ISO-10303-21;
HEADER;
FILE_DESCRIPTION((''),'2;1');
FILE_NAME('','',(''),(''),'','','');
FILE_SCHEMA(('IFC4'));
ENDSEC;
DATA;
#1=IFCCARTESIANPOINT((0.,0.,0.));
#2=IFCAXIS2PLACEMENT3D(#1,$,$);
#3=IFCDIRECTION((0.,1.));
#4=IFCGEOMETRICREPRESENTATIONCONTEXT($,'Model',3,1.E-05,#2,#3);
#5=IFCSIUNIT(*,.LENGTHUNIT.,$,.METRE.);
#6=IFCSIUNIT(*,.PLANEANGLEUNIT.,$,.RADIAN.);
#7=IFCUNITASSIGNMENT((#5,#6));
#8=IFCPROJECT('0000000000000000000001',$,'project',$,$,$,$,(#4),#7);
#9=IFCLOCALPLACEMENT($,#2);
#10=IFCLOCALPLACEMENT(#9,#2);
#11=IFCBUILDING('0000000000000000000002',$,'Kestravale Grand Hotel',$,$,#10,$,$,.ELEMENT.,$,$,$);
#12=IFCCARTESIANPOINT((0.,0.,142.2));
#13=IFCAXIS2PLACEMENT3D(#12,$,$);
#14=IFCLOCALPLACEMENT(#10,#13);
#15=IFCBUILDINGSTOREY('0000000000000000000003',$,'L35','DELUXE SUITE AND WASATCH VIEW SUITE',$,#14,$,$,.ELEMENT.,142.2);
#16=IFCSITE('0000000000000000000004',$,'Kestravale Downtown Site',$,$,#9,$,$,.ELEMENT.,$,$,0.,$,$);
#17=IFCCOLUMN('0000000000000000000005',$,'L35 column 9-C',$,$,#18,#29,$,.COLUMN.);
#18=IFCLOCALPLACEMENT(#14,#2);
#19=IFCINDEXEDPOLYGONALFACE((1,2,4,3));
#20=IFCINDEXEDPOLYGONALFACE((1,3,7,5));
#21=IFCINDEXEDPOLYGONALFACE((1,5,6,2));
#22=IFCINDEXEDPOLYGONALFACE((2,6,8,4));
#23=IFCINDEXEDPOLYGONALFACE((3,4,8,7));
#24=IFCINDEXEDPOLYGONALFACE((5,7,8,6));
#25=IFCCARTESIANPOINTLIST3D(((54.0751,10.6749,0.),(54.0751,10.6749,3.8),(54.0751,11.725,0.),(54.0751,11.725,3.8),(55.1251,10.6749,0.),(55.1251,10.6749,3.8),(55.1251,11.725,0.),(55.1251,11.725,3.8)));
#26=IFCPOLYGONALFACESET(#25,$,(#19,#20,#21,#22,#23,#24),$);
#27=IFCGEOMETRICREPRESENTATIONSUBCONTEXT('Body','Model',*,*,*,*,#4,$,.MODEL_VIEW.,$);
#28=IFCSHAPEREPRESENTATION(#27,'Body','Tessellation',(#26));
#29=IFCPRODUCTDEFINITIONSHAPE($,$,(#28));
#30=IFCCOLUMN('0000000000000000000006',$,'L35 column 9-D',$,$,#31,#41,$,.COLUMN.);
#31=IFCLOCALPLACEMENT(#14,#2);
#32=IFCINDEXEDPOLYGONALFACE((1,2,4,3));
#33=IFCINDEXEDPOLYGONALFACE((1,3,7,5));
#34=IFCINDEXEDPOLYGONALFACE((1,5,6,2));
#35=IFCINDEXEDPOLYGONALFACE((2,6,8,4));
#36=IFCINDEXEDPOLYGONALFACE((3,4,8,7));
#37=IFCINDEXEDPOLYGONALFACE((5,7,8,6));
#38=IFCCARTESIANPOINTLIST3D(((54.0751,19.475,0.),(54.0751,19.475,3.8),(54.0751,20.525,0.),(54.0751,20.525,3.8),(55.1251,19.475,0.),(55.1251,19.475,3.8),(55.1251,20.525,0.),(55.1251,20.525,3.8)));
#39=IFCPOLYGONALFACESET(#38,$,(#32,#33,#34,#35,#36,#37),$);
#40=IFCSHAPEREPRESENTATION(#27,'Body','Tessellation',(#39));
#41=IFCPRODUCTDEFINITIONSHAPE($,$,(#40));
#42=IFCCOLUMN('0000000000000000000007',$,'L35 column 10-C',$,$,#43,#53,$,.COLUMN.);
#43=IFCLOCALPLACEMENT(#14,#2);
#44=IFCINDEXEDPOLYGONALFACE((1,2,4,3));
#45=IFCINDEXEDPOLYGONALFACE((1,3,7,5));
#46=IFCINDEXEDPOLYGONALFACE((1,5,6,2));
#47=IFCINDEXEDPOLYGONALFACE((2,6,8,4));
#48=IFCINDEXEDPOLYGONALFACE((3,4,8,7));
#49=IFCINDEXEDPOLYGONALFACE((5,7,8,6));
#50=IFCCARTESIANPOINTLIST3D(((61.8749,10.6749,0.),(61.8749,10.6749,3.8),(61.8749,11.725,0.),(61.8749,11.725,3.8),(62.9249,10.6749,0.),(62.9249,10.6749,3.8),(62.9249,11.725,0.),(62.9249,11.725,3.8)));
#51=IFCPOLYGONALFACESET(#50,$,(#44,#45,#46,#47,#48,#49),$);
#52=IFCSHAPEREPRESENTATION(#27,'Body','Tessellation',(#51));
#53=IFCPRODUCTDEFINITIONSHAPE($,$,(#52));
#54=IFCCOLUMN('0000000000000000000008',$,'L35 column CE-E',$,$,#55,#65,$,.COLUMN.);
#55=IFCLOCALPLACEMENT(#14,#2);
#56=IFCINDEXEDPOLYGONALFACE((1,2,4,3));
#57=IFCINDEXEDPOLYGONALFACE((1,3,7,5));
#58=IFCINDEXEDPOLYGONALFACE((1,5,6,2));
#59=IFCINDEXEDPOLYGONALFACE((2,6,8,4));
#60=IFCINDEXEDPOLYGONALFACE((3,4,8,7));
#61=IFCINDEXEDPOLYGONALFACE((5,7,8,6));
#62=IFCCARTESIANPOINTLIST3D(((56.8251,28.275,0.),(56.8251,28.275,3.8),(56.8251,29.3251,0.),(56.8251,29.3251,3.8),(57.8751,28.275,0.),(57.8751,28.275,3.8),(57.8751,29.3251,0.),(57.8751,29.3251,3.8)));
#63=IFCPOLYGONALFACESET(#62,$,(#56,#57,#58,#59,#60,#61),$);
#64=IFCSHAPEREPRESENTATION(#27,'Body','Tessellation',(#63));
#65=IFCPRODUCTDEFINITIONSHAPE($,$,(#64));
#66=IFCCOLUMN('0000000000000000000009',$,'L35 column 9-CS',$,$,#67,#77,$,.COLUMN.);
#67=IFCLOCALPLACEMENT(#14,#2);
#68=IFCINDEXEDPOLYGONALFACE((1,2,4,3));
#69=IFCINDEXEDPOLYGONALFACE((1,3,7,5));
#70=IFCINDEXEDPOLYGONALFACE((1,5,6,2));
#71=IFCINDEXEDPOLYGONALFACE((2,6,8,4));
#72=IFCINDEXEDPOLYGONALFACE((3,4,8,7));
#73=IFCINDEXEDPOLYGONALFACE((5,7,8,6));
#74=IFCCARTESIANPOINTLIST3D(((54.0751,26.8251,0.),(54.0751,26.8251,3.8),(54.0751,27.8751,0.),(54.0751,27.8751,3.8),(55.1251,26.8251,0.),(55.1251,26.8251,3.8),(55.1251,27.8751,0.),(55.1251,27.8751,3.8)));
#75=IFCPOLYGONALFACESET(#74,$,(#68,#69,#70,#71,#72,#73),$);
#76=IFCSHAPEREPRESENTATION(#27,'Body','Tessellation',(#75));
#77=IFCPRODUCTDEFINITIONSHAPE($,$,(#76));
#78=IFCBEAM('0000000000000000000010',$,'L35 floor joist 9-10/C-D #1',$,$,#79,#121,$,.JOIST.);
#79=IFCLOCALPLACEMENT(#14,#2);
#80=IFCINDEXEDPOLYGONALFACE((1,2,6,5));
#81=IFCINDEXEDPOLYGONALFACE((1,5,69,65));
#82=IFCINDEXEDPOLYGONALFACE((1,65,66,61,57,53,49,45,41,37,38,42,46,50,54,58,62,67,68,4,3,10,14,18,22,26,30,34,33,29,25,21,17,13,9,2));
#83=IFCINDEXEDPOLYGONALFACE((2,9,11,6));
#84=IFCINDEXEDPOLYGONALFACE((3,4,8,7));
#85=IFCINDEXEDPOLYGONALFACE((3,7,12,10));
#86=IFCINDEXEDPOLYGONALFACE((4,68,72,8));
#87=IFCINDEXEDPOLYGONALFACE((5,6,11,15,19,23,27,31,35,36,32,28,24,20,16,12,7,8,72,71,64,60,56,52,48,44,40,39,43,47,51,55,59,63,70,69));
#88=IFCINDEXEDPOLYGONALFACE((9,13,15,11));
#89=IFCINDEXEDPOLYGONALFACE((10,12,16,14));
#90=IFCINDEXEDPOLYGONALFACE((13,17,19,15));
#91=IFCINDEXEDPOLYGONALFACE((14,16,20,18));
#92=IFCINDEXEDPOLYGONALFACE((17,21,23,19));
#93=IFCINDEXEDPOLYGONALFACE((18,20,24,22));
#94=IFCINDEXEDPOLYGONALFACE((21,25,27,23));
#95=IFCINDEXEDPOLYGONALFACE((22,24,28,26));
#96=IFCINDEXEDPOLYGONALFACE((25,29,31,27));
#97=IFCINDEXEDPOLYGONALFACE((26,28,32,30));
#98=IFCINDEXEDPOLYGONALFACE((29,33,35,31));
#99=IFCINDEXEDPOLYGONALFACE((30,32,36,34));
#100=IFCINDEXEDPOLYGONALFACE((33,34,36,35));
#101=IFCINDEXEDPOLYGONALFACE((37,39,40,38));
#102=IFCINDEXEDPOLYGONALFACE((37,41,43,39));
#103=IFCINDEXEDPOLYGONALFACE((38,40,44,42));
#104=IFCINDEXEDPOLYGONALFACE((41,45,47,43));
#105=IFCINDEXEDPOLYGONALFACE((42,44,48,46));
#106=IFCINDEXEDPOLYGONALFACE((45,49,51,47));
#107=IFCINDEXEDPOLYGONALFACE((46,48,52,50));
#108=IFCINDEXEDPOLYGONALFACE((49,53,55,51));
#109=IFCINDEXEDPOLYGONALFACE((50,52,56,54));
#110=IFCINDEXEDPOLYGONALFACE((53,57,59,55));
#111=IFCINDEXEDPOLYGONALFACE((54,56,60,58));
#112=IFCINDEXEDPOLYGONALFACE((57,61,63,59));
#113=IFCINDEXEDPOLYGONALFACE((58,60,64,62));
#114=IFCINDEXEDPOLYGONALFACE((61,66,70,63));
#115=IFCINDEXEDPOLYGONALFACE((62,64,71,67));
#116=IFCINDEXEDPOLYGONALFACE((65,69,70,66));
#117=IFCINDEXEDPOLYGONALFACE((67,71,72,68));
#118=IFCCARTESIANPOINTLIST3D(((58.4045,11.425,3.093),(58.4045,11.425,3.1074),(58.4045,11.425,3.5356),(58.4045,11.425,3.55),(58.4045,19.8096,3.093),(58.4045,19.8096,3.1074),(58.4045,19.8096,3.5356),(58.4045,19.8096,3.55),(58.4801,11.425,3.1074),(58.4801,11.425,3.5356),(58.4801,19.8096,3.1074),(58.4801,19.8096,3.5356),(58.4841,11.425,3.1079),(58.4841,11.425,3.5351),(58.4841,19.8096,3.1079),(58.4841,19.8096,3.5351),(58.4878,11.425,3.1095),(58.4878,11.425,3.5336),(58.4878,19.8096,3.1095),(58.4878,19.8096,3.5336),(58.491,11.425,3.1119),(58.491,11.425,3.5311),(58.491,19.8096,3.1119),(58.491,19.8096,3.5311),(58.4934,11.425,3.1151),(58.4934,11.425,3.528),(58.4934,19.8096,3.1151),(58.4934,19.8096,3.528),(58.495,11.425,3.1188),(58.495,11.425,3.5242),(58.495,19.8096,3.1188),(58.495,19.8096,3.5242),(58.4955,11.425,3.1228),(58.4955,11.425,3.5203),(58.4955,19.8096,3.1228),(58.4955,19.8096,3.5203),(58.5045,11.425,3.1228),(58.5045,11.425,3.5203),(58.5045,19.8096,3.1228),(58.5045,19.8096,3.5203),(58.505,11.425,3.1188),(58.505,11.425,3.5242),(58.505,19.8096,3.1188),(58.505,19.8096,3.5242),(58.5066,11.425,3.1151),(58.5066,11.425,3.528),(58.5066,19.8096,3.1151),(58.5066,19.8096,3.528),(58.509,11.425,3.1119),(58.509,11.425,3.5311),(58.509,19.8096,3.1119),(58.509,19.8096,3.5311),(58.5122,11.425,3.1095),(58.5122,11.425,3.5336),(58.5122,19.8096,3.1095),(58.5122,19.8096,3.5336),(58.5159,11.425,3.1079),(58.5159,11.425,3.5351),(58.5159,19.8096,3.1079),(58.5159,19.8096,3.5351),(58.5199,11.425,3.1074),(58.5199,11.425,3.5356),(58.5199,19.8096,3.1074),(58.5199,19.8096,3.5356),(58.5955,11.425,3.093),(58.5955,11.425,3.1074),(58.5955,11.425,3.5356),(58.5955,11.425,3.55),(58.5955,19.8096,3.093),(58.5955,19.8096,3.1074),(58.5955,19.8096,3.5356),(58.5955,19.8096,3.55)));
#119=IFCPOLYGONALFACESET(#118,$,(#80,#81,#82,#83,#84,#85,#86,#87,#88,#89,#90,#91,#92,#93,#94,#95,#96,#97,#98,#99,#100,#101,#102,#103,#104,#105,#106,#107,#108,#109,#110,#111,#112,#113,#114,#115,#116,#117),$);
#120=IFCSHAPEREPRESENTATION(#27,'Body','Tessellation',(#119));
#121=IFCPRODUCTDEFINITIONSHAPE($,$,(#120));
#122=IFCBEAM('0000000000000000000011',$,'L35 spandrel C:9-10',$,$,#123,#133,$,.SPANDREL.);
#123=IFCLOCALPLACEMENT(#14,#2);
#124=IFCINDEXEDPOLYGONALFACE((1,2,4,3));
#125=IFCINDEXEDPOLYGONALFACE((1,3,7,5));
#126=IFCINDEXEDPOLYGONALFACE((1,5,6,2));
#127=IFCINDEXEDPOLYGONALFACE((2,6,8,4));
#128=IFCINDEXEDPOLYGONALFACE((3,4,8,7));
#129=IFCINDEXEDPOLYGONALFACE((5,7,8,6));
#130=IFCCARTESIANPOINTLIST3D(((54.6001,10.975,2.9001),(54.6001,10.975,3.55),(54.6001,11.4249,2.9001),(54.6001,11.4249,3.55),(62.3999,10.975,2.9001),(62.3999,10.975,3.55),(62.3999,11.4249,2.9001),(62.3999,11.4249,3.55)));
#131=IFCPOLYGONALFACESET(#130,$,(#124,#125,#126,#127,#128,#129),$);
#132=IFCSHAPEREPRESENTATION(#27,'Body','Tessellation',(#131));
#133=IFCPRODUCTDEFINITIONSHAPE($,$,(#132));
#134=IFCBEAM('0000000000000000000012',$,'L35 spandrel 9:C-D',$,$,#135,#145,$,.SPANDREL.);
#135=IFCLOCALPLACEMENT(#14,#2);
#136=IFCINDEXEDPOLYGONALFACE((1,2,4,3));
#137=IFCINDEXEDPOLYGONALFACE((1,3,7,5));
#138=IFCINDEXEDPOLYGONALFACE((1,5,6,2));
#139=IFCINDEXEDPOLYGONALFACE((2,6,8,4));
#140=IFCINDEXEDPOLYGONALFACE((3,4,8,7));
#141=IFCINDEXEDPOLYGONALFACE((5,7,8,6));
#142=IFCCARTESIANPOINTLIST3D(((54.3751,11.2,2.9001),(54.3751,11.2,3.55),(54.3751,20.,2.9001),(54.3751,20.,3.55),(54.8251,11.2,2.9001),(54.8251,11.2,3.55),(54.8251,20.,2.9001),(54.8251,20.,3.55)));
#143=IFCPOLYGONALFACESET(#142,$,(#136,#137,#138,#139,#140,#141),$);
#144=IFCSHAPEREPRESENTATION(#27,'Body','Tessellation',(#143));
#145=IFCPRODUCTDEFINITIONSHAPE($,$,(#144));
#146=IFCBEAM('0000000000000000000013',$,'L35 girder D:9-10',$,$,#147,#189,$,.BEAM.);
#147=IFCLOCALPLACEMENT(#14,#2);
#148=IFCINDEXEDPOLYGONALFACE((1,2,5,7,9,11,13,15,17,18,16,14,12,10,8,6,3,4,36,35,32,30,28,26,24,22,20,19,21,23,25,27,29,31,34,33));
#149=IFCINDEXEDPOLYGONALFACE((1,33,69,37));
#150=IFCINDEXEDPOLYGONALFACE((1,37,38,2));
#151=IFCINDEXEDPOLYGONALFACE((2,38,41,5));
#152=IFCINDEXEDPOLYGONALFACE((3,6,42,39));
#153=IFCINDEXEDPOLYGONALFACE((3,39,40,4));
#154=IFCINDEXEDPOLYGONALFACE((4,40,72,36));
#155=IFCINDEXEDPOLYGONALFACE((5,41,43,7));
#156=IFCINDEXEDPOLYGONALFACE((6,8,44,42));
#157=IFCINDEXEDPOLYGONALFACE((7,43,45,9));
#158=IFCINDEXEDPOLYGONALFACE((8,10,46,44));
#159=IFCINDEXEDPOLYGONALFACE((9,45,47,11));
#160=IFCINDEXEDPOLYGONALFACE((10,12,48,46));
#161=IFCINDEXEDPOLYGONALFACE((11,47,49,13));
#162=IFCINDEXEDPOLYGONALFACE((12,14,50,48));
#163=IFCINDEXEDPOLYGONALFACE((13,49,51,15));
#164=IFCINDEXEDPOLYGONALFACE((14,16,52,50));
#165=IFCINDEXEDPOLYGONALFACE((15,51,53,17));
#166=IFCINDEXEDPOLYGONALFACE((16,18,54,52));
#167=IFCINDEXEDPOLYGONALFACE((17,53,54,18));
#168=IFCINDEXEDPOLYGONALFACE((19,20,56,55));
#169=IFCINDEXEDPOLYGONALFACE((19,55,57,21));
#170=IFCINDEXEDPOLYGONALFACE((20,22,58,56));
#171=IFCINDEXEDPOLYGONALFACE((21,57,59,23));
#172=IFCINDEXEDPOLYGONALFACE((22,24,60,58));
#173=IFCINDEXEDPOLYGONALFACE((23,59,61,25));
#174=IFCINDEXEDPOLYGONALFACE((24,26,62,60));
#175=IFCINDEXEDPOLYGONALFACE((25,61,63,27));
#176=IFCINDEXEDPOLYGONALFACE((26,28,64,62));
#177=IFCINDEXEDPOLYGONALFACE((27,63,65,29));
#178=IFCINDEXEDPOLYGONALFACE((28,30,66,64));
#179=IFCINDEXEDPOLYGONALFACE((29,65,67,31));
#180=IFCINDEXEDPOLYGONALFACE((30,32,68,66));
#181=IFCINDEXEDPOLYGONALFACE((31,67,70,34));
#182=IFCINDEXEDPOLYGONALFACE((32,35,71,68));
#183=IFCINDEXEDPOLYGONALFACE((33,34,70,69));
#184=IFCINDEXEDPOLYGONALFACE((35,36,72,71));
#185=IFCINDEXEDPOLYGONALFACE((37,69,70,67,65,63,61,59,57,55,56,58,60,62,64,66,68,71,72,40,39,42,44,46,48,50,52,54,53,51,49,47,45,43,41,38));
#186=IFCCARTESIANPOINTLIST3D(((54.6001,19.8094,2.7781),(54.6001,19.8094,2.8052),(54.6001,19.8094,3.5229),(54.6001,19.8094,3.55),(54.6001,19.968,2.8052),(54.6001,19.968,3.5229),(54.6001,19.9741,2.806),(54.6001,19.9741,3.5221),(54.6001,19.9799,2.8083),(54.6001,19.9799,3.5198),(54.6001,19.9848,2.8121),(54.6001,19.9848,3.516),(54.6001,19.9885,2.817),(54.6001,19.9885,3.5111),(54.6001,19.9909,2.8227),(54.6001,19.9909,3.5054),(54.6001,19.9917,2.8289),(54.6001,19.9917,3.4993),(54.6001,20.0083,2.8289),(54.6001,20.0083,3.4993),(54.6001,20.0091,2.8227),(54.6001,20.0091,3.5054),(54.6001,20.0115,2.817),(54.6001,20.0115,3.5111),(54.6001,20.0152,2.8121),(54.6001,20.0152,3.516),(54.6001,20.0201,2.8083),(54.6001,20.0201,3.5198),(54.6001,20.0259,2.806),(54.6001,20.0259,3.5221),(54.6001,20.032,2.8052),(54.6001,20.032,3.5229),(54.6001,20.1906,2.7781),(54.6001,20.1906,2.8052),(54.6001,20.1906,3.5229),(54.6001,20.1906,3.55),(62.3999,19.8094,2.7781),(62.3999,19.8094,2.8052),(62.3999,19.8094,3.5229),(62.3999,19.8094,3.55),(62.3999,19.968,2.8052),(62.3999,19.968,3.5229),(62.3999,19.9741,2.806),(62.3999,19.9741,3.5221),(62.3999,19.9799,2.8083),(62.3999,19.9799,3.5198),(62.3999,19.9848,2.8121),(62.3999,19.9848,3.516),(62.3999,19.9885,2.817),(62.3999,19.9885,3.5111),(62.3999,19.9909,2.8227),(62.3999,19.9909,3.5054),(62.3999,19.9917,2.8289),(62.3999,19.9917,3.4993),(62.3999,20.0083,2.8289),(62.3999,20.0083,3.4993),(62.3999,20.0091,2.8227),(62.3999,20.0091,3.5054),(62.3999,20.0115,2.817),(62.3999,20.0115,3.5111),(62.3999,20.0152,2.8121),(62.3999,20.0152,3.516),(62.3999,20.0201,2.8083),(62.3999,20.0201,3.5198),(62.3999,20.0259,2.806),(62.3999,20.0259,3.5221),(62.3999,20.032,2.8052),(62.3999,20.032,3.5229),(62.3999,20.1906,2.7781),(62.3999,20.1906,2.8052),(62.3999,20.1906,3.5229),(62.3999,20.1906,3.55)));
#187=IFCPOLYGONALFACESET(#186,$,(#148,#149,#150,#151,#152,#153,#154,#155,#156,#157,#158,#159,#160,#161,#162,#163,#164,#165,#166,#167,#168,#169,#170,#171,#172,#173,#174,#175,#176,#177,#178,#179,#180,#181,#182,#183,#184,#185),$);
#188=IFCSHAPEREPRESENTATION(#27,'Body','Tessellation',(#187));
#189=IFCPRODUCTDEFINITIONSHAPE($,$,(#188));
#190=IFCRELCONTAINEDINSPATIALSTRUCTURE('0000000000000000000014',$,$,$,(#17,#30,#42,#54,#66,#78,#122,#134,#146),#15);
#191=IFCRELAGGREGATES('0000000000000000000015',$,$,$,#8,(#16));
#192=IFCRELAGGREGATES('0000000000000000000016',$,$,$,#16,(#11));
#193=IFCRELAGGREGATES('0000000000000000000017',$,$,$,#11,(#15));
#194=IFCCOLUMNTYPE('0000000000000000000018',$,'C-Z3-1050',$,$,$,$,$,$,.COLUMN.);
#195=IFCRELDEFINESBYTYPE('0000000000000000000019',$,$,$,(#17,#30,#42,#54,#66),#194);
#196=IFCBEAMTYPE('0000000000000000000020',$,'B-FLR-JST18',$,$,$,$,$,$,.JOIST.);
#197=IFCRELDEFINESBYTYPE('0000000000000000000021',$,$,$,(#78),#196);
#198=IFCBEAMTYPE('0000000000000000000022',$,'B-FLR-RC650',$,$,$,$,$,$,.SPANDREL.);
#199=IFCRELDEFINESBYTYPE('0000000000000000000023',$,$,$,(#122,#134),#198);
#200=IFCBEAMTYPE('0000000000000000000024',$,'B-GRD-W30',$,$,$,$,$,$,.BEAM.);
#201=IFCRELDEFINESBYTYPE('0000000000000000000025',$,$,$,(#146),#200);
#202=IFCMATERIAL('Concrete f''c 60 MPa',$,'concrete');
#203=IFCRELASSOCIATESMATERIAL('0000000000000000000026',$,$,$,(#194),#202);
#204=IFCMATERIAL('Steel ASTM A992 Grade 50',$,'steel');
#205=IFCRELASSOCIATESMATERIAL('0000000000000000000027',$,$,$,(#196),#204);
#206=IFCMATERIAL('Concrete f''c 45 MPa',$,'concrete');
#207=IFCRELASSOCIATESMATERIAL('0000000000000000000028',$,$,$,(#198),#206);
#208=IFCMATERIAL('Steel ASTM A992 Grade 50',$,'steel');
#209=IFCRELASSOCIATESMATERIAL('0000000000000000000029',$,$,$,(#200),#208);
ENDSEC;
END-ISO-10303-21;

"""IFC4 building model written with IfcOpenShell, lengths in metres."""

from ifc_helpers import new_model, si_unit, direction, frame, origin, origin_2d, place, context, subcontext, project, spatial, rectangle, i_section, extrude, material, material_profile, profile_set, type_object, element, save


model = new_model("IFC4")

# Units and contexts
model_context = context("Model", 3, precision=1e-05, world=origin(), true_north=direction((0.0, 1.0)))
body_context = subcontext(model_context, "Body", "Model", "MODEL_VIEW")
ifc_project = project(units=[si_unit("LENGTHUNIT", "METRE"), si_unit("PLANEANGLEUNIT", "RADIAN")], contexts=[model_context])

# Site, building, storey
site_placement = place(None, origin())
site = spatial("IfcSite", under=ifc_project, at=site_placement, Name="Kestravale Downtown Site", CompositionType="ELEMENT", RefElevation=0.0)
building_placement = place(site_placement, origin())
building = spatial("IfcBuilding", under=site, at=building_placement, Name="Kestravale Grand Hotel", CompositionType="ELEMENT")
storey_placement = place(building_placement, frame((0.0, 0.0, 142.2)))
storey = spatial("IfcBuildingStorey", under=building, at=storey_placement, Name="L35", Description="DELUXE SUITE AND WASATCH VIEW SUITE", CompositionType="ELEMENT", Elevation=142.2)

# Columns
ifc_material_1 = material(Name="Concrete f'c 60 MPa", Category="concrete")
ifc_material_profile_1 = material_profile(ifc_material_1, rectangle(XDim=1.05, YDim=1.05, at=origin_2d()))
ifc_profile_set_1 = profile_set([ifc_material_profile_1], Name="Concrete f'c 60 MPa")
column_type = type_object("IfcColumnType", Name="C-Z3-1050", PredefinedType="COLUMN", material=ifc_profile_set_1)
for number, where, z_axis, x_axis, name in (
    (1, (54.6001, 11.2, 0.0), (0.0, 0.0, 1.0), (1.0, 0.0, 0.0), "L35 column 9-C"),
    (2, (54.6001, 20.0, 0.0), (0.0, 0.0, 1.0), (1.0, 0.0, 0.0), "L35 column 9-D"),
    (3, (62.3999, 11.2, 0.0), (0.0, 0.0, 1.0), (1.0, 0.0, 0.0), "L35 column 10-C"),
    (4, (57.3501, 28.8, 0.0), (0.0, 0.0, 1.0), (1.0, 0.0, 0.0), "L35 column CE-E"),
    (5, (54.6001, 27.3501, 0.0), (0.0, 0.0, 1.0), (1.0, 0.0, 0.0), "L35 column 9-CS"),
):
    element("IfcColumn", number, at=place(storey_placement, frame(where, z_axis=z_axis, x_axis=x_axis)), inside=storey, type_object=column_type, Name=name, PredefinedType="COLUMN", context=body_context, shape_type="SweptSolid", body=[
        extrude(rectangle(XDim=1.05, YDim=1.05, at=origin_2d()), origin(), (0.0, 0.0, 1.0), 3.8),
    ])

# Beams
ifc_material_2 = material(Name="Steel ASTM A992 Grade 50", Category="steel")
ifc_material_profile_2 = material_profile(ifc_material_2, i_section(OverallWidth=0.1909, OverallDepth=0.457, WebThickness=0.009, FlangeThickness=0.0144, FilletRadius=0.0154, at=origin_2d()))
ifc_profile_set_2 = profile_set([ifc_material_profile_2], Name="Steel ASTM A992 Grade 50")
beam_type_1 = type_object("IfcBeamType", Name="B-FLR-JST18", PredefinedType="JOIST", material=ifc_profile_set_2)
beam_1_placement = place(storey_placement, frame((58.5, 11.425, 3.3215), z_axis=(0.0, 1.0, 0.0), x_axis=(-1.0, 0.0, 0.0)))
element("IfcBeam", 6, at=beam_1_placement, inside=storey, type_object=beam_type_1, Name="L35 floor joist 9-10/C-D #1", PredefinedType="JOIST", context=body_context, shape_type="SweptSolid", body=[
    extrude(i_section(OverallWidth=0.1909, OverallDepth=0.457, WebThickness=0.009, FlangeThickness=0.0144, FilletRadius=0.0154, at=origin_2d()), origin(), (0.0, 0.0, 1.0), 8.3845),
])
ifc_material_3 = material(Name="Concrete f'c 45 MPa", Category="concrete")
ifc_material_profile_3 = material_profile(ifc_material_3, rectangle(XDim=0.45, YDim=0.6499, at=origin_2d()))
ifc_profile_set_3 = profile_set([ifc_material_profile_3], Name="Concrete f'c 45 MPa")
beam_type_2 = type_object("IfcBeamType", Name="B-FLR-RC650", PredefinedType="SPANDREL", material=ifc_profile_set_3)
beam_2_placement = place(storey_placement, frame((54.6001, 11.2, 3.2251), z_axis=(1.0, 0.0, 0.0), x_axis=(0.0, 1.0, 0.0)))
element("IfcBeam", 7, at=beam_2_placement, inside=storey, type_object=beam_type_2, Name="L35 spandrel C:9-10", PredefinedType="SPANDREL", context=body_context, shape_type="SweptSolid", body=[
    extrude(rectangle(XDim=0.45, YDim=0.6499, at=origin_2d()), origin(), (0.0, 0.0, 1.0), 7.7998),
])
beam_3_placement = place(storey_placement, frame((54.6001, 11.2, 3.2251), z_axis=(0.0, 1.0, 0.0), x_axis=(-1.0, 0.0, 0.0)))
element("IfcBeam", 8, at=beam_3_placement, inside=storey, type_object=beam_type_2, Name="L35 spandrel 9:C-D", PredefinedType="SPANDREL", context=body_context, shape_type="SweptSolid", body=[
    extrude(rectangle(XDim=0.45, YDim=0.6499, at=origin_2d()), origin(), (0.0, 0.0, 1.0), 8.8),
])
ifc_material_4 = material(Name="Steel ASTM A992 Grade 50", Category="steel")
ifc_material_profile_4 = material_profile(ifc_material_4, i_section(OverallWidth=0.3811, OverallDepth=0.772, WebThickness=0.0166, FlangeThickness=0.0271, FilletRadius=0.0237, at=origin_2d()))
ifc_profile_set_4 = profile_set([ifc_material_profile_4], Name="Steel ASTM A992 Grade 50")
beam_type_3 = type_object("IfcBeamType", Name="B-GRD-W30", PredefinedType="BEAM", material=ifc_profile_set_4)
beam_4_placement = place(storey_placement, frame((54.6001, 20.0, 3.1641), z_axis=(1.0, 0.0, 0.0), x_axis=(0.0, 1.0, 0.0)))
element("IfcBeam", 9, at=beam_4_placement, inside=storey, type_object=beam_type_3, Name="L35 girder D:9-10", PredefinedType="BEAM", context=body_context, shape_type="SweptSolid", body=[
    extrude(i_section(OverallWidth=0.3811, OverallDepth=0.772, WebThickness=0.0166, FlangeThickness=0.0271, FilletRadius=0.0237, at=origin_2d()), origin(), (0.0, 0.0, 1.0), 7.7998),
])

save(model, "model.ifc")
